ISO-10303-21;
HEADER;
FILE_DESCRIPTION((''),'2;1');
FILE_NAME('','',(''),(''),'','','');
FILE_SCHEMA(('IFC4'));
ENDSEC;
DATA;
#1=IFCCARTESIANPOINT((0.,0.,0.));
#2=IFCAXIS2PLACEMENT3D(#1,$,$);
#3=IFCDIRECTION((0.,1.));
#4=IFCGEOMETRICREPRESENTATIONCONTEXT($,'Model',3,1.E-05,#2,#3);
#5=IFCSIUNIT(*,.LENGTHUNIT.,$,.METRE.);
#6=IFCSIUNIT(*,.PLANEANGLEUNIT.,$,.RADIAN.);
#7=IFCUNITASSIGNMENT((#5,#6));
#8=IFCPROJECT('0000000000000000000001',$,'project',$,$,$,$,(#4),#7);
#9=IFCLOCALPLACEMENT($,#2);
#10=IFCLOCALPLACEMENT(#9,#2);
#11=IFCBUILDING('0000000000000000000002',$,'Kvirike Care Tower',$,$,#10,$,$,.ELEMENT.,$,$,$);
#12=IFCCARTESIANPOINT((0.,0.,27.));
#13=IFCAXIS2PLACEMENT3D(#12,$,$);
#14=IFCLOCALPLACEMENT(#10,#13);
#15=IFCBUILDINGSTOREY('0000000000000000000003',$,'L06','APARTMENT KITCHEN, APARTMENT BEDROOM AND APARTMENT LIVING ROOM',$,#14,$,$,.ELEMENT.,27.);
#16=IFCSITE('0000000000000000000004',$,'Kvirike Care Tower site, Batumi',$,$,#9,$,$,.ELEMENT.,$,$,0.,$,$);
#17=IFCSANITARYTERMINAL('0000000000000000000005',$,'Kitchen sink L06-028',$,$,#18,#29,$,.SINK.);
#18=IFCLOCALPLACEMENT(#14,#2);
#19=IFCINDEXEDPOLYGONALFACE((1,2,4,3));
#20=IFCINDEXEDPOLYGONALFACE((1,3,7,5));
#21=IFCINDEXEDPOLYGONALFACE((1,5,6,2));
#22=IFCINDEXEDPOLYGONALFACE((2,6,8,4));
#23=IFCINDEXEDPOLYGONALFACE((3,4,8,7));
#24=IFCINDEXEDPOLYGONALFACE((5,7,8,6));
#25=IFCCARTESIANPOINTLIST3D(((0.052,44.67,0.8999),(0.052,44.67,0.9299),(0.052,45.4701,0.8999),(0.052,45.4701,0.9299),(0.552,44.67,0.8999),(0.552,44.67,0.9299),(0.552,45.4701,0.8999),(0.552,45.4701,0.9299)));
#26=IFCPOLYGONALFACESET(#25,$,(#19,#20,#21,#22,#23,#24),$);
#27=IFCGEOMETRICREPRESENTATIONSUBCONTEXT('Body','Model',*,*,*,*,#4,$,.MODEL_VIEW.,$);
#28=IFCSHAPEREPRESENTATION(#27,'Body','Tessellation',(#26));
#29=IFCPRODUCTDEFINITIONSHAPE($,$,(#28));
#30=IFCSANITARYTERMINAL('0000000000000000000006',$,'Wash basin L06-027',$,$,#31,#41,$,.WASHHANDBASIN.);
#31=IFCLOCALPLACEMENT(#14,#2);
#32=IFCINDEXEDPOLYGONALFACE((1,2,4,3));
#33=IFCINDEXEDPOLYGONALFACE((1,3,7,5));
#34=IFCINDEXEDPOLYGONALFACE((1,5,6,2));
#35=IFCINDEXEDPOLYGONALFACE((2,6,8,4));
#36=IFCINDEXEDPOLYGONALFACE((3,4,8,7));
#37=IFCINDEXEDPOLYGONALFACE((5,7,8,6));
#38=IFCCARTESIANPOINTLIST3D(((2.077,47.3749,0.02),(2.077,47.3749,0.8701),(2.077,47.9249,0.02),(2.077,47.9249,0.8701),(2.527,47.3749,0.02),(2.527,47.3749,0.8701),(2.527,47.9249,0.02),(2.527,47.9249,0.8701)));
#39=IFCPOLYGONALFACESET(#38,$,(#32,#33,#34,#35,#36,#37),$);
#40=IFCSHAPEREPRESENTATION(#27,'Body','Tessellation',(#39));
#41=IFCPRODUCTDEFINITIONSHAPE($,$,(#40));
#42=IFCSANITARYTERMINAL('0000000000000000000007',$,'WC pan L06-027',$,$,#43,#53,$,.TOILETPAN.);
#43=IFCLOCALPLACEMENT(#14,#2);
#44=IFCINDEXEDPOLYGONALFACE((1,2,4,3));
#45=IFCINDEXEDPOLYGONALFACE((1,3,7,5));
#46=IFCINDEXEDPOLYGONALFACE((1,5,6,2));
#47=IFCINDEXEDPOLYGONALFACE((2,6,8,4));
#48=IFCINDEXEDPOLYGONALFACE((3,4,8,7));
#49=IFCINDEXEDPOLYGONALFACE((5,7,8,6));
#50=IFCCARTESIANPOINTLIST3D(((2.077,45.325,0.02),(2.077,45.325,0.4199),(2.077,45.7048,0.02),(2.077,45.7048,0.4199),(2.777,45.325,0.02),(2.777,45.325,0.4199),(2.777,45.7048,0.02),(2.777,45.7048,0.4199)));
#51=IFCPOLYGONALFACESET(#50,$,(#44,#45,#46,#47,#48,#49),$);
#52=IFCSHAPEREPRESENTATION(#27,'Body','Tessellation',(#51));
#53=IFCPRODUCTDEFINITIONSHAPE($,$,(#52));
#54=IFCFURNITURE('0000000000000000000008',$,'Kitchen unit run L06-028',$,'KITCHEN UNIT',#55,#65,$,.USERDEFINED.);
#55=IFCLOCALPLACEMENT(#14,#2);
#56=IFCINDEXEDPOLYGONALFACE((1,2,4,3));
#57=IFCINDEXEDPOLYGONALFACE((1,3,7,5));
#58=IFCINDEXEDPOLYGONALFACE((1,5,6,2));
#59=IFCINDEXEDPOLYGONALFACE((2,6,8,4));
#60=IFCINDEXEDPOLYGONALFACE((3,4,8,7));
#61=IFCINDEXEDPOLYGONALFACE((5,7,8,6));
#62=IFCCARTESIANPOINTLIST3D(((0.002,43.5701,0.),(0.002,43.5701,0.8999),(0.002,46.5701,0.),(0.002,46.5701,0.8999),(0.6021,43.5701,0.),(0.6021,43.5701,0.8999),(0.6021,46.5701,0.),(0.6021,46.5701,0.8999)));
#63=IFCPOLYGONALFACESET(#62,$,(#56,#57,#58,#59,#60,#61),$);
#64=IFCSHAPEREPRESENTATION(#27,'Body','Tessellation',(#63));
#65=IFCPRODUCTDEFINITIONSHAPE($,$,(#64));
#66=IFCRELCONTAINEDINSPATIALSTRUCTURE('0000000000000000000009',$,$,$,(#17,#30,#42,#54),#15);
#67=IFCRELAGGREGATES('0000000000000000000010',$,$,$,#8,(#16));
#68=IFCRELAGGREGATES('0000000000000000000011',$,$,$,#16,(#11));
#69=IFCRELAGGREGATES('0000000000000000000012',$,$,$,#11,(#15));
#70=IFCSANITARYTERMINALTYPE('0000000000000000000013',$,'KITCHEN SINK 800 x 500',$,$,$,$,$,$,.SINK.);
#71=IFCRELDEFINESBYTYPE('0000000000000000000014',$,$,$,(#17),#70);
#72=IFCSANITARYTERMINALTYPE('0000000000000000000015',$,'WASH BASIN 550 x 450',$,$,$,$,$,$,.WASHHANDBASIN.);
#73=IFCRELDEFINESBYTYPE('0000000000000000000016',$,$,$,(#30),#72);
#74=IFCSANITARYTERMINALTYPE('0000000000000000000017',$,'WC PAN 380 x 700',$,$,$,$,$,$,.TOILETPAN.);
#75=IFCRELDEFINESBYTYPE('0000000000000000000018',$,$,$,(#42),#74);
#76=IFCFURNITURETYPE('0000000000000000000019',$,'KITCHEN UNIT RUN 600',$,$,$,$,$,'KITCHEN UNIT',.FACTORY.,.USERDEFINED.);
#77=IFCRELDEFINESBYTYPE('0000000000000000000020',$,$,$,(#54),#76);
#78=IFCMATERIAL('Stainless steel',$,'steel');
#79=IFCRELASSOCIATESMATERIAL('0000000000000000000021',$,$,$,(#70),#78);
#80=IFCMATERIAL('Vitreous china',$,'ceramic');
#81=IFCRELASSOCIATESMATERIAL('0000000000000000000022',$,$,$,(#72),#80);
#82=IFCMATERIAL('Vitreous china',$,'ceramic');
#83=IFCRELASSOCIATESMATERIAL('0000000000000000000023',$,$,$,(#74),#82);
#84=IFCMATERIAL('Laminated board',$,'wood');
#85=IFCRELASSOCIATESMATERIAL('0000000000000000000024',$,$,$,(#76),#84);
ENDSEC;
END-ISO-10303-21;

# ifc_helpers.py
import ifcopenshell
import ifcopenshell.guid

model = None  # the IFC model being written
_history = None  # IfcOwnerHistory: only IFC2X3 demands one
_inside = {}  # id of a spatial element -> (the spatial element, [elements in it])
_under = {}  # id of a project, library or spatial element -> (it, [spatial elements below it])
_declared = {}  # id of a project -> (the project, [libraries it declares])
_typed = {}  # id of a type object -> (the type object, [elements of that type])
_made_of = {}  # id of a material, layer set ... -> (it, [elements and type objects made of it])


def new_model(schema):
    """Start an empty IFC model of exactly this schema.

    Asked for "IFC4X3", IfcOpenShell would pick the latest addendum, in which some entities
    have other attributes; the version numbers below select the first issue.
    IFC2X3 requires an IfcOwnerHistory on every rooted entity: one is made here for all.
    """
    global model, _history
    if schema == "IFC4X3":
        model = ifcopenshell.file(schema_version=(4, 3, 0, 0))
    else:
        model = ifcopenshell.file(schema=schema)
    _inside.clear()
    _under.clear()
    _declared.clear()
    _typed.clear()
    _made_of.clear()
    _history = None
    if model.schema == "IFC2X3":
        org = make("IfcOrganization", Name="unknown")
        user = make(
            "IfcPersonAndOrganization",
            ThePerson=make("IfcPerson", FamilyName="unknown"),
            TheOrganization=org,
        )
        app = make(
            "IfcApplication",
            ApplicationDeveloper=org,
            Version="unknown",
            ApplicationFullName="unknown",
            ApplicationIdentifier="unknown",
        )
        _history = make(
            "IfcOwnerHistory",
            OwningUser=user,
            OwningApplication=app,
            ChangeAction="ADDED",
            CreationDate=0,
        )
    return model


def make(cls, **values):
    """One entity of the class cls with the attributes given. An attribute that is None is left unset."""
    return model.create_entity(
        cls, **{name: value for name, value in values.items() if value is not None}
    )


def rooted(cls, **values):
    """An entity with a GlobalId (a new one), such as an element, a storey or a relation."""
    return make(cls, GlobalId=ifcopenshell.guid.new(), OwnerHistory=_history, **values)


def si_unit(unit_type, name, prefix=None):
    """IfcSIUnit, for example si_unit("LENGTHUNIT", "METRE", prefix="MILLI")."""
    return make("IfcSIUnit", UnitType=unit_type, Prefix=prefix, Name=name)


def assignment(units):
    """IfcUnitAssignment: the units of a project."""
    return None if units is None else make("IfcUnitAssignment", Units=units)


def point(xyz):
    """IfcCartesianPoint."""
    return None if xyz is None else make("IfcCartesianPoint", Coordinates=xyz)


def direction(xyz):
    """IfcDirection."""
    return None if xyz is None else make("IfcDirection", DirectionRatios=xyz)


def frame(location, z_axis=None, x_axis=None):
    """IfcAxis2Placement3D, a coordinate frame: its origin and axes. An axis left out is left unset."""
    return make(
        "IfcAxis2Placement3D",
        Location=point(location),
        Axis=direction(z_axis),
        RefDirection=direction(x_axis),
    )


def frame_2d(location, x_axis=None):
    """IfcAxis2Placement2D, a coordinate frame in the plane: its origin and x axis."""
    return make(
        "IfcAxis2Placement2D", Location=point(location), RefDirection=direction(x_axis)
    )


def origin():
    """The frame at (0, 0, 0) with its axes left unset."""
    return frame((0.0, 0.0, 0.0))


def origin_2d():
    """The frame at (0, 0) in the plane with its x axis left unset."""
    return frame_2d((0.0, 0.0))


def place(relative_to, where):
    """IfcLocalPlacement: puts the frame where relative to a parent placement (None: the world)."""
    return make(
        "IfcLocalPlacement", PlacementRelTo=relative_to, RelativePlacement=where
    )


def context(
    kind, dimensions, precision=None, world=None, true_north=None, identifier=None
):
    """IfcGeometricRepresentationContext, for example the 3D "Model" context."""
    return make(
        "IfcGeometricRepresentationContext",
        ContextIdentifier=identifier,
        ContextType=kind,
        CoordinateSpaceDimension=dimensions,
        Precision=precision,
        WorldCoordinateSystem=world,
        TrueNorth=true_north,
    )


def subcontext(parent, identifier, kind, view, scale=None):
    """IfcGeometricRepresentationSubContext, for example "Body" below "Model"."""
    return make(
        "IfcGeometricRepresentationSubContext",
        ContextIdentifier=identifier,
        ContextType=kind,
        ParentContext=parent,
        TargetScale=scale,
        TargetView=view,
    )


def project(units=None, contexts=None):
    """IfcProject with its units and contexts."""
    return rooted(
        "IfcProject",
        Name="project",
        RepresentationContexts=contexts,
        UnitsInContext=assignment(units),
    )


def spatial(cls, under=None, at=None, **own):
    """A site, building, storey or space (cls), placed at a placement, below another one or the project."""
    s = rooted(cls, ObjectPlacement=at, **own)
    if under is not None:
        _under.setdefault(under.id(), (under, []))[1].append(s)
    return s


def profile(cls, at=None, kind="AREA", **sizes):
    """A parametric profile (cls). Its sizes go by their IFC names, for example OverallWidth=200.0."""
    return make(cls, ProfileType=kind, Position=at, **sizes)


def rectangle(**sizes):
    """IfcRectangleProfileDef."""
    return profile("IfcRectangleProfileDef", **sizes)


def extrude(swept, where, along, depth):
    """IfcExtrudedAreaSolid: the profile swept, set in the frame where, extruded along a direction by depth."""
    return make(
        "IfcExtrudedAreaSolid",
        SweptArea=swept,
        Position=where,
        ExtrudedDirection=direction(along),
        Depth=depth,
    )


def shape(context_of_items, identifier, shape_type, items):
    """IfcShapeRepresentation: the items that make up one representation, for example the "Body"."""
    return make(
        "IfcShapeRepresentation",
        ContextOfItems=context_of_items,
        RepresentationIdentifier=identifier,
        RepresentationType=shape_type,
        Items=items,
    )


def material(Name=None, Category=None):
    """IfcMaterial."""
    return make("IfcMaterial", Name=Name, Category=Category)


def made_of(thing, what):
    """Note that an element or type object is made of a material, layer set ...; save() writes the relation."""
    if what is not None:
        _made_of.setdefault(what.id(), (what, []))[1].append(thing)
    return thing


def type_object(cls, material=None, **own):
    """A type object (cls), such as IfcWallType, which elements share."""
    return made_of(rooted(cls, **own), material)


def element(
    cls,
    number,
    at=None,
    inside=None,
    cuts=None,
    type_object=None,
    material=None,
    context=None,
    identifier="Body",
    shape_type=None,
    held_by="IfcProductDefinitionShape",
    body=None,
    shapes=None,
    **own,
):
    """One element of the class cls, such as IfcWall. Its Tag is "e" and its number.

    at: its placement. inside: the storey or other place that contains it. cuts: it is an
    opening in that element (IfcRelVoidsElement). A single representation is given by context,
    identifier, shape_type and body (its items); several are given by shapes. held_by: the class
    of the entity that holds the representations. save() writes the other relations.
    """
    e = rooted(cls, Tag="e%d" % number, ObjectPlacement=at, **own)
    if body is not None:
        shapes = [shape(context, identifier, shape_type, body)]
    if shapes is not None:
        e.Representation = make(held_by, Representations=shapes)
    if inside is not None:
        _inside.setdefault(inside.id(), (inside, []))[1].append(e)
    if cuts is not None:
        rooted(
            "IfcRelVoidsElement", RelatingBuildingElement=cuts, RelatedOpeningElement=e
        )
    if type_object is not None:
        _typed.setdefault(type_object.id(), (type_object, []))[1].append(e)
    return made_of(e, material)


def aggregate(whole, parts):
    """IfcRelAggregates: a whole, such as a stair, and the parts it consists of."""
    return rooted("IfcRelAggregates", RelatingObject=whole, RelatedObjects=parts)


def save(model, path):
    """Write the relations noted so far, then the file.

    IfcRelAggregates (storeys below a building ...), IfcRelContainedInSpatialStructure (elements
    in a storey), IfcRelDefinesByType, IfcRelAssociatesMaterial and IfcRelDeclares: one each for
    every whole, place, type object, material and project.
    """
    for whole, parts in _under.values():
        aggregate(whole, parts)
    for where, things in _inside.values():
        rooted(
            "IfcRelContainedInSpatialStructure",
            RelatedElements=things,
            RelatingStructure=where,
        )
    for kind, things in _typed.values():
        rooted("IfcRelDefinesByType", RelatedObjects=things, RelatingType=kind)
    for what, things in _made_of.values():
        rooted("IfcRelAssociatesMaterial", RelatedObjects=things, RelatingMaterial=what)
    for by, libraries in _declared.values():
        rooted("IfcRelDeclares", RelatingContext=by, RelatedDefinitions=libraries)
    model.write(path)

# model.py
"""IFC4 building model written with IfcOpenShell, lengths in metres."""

from ifc_helpers import new_model, si_unit, direction, frame, origin, origin_2d, place, context, subcontext, project, spatial, rectangle, extrude, material, type_object, element, save


model = new_model("IFC4")

# Units and contexts
model_context = context("Model", 3, precision=1e-05, world=origin(), true_north=direction((0.0, 1.0)))
body_context = subcontext(model_context, "Body", "Model", "MODEL_VIEW")
ifc_project = project(units=[si_unit("LENGTHUNIT", "METRE"), si_unit("PLANEANGLEUNIT", "RADIAN")], contexts=[model_context])

# Site, building, storey
site_placement = place(None, origin())
site = spatial("IfcSite", under=ifc_project, at=site_placement, Name="Kvirike Care Tower site, Batumi", CompositionType="ELEMENT", RefElevation=0.0)
building_placement = place(site_placement, origin())
building = spatial("IfcBuilding", under=site, at=building_placement, Name="Kvirike Care Tower", CompositionType="ELEMENT")
storey_placement = place(building_placement, frame((0.0, 0.0, 27.0)))
storey = spatial("IfcBuildingStorey", under=building, at=storey_placement, Name="L06", Description="APARTMENT KITCHEN, APARTMENT BEDROOM AND APARTMENT LIVING ROOM", CompositionType="ELEMENT", Elevation=27.0)

# Sanitary terminals
ifc_material_1 = material(Name="Stainless steel", Category="steel")
sanitary_terminal_type_1 = type_object("IfcSanitaryTerminalType", Name="KITCHEN SINK 800 x 500", PredefinedType="SINK", material=ifc_material_1)
sanitary_terminal_1_placement = place(storey_placement, frame((0.302, 45.0701, 0.8999), z_axis=(0.0, 0.0, 1.0), x_axis=(0.0, 1.0, 0.0)))
element("IfcSanitaryTerminal", 1, at=sanitary_terminal_1_placement, inside=storey, type_object=sanitary_terminal_type_1, Name="Kitchen sink L06-028", PredefinedType="SINK", context=body_context, shape_type="SweptSolid", body=[
    extrude(rectangle(XDim=0.8, YDim=0.5, at=origin_2d()), origin(), (0.0, 0.0, 1.0), 0.03),
])
ifc_material_2 = material(Name="Vitreous china", Category="ceramic")
sanitary_terminal_type_2 = type_object("IfcSanitaryTerminalType", Name="WASH BASIN 550 x 450", PredefinedType="WASHHANDBASIN", material=ifc_material_2)
sanitary_terminal_2_placement = place(storey_placement, frame((2.302, 47.6499, 0.02), z_axis=(0.0, 0.0, 1.0), x_axis=(0.0, 1.0, 0.0)))
element("IfcSanitaryTerminal", 2, at=sanitary_terminal_2_placement, inside=storey, type_object=sanitary_terminal_type_2, Name="Wash basin L06-027", PredefinedType="WASHHANDBASIN", context=body_context, shape_type="SweptSolid", body=[
    extrude(rectangle(XDim=0.55, YDim=0.45, at=origin_2d()), origin(), (0.0, 0.0, 1.0), 0.8501),
])
ifc_material_3 = material(Name="Vitreous china", Category="ceramic")
sanitary_terminal_type_3 = type_object("IfcSanitaryTerminalType", Name="WC PAN 380 x 700", PredefinedType="TOILETPAN", material=ifc_material_3)
sanitary_terminal_3_placement = place(storey_placement, frame((2.427, 45.5149, 0.02), z_axis=(0.0, 0.0, 1.0), x_axis=(0.0, 1.0, 0.0)))
element("IfcSanitaryTerminal", 3, at=sanitary_terminal_3_placement, inside=storey, type_object=sanitary_terminal_type_3, Name="WC pan L06-027", PredefinedType="TOILETPAN", context=body_context, shape_type="SweptSolid", body=[
    extrude(rectangle(XDim=0.3799, YDim=0.7, at=origin_2d()), origin(), (0.0, 0.0, 1.0), 0.3999),
])

# Furniture
ifc_material_4 = material(Name="Laminated board", Category="wood")
furniture_type = type_object("IfcFurnitureType", Name="KITCHEN UNIT RUN 600", ElementType="KITCHEN UNIT", AssemblyPlace="FACTORY", PredefinedType="USERDEFINED", material=ifc_material_4)
furniture_placement = place(storey_placement, frame((0.302, 45.0701, 0.0), z_axis=(0.0, 0.0, 1.0), x_axis=(0.0, 1.0, 0.0)))
element("IfcFurniture", 4, at=furniture_placement, inside=storey, type_object=furniture_type, Name="Kitchen unit run L06-028", ObjectType="KITCHEN UNIT", PredefinedType="USERDEFINED", context=body_context, shape_type="SweptSolid", body=[
    extrude(rectangle(XDim=3.0, YDim=0.6001, at=origin_2d()), origin(), (0.0, 0.0, 1.0), 0.8999),
])

save(model, "model.ifc")
